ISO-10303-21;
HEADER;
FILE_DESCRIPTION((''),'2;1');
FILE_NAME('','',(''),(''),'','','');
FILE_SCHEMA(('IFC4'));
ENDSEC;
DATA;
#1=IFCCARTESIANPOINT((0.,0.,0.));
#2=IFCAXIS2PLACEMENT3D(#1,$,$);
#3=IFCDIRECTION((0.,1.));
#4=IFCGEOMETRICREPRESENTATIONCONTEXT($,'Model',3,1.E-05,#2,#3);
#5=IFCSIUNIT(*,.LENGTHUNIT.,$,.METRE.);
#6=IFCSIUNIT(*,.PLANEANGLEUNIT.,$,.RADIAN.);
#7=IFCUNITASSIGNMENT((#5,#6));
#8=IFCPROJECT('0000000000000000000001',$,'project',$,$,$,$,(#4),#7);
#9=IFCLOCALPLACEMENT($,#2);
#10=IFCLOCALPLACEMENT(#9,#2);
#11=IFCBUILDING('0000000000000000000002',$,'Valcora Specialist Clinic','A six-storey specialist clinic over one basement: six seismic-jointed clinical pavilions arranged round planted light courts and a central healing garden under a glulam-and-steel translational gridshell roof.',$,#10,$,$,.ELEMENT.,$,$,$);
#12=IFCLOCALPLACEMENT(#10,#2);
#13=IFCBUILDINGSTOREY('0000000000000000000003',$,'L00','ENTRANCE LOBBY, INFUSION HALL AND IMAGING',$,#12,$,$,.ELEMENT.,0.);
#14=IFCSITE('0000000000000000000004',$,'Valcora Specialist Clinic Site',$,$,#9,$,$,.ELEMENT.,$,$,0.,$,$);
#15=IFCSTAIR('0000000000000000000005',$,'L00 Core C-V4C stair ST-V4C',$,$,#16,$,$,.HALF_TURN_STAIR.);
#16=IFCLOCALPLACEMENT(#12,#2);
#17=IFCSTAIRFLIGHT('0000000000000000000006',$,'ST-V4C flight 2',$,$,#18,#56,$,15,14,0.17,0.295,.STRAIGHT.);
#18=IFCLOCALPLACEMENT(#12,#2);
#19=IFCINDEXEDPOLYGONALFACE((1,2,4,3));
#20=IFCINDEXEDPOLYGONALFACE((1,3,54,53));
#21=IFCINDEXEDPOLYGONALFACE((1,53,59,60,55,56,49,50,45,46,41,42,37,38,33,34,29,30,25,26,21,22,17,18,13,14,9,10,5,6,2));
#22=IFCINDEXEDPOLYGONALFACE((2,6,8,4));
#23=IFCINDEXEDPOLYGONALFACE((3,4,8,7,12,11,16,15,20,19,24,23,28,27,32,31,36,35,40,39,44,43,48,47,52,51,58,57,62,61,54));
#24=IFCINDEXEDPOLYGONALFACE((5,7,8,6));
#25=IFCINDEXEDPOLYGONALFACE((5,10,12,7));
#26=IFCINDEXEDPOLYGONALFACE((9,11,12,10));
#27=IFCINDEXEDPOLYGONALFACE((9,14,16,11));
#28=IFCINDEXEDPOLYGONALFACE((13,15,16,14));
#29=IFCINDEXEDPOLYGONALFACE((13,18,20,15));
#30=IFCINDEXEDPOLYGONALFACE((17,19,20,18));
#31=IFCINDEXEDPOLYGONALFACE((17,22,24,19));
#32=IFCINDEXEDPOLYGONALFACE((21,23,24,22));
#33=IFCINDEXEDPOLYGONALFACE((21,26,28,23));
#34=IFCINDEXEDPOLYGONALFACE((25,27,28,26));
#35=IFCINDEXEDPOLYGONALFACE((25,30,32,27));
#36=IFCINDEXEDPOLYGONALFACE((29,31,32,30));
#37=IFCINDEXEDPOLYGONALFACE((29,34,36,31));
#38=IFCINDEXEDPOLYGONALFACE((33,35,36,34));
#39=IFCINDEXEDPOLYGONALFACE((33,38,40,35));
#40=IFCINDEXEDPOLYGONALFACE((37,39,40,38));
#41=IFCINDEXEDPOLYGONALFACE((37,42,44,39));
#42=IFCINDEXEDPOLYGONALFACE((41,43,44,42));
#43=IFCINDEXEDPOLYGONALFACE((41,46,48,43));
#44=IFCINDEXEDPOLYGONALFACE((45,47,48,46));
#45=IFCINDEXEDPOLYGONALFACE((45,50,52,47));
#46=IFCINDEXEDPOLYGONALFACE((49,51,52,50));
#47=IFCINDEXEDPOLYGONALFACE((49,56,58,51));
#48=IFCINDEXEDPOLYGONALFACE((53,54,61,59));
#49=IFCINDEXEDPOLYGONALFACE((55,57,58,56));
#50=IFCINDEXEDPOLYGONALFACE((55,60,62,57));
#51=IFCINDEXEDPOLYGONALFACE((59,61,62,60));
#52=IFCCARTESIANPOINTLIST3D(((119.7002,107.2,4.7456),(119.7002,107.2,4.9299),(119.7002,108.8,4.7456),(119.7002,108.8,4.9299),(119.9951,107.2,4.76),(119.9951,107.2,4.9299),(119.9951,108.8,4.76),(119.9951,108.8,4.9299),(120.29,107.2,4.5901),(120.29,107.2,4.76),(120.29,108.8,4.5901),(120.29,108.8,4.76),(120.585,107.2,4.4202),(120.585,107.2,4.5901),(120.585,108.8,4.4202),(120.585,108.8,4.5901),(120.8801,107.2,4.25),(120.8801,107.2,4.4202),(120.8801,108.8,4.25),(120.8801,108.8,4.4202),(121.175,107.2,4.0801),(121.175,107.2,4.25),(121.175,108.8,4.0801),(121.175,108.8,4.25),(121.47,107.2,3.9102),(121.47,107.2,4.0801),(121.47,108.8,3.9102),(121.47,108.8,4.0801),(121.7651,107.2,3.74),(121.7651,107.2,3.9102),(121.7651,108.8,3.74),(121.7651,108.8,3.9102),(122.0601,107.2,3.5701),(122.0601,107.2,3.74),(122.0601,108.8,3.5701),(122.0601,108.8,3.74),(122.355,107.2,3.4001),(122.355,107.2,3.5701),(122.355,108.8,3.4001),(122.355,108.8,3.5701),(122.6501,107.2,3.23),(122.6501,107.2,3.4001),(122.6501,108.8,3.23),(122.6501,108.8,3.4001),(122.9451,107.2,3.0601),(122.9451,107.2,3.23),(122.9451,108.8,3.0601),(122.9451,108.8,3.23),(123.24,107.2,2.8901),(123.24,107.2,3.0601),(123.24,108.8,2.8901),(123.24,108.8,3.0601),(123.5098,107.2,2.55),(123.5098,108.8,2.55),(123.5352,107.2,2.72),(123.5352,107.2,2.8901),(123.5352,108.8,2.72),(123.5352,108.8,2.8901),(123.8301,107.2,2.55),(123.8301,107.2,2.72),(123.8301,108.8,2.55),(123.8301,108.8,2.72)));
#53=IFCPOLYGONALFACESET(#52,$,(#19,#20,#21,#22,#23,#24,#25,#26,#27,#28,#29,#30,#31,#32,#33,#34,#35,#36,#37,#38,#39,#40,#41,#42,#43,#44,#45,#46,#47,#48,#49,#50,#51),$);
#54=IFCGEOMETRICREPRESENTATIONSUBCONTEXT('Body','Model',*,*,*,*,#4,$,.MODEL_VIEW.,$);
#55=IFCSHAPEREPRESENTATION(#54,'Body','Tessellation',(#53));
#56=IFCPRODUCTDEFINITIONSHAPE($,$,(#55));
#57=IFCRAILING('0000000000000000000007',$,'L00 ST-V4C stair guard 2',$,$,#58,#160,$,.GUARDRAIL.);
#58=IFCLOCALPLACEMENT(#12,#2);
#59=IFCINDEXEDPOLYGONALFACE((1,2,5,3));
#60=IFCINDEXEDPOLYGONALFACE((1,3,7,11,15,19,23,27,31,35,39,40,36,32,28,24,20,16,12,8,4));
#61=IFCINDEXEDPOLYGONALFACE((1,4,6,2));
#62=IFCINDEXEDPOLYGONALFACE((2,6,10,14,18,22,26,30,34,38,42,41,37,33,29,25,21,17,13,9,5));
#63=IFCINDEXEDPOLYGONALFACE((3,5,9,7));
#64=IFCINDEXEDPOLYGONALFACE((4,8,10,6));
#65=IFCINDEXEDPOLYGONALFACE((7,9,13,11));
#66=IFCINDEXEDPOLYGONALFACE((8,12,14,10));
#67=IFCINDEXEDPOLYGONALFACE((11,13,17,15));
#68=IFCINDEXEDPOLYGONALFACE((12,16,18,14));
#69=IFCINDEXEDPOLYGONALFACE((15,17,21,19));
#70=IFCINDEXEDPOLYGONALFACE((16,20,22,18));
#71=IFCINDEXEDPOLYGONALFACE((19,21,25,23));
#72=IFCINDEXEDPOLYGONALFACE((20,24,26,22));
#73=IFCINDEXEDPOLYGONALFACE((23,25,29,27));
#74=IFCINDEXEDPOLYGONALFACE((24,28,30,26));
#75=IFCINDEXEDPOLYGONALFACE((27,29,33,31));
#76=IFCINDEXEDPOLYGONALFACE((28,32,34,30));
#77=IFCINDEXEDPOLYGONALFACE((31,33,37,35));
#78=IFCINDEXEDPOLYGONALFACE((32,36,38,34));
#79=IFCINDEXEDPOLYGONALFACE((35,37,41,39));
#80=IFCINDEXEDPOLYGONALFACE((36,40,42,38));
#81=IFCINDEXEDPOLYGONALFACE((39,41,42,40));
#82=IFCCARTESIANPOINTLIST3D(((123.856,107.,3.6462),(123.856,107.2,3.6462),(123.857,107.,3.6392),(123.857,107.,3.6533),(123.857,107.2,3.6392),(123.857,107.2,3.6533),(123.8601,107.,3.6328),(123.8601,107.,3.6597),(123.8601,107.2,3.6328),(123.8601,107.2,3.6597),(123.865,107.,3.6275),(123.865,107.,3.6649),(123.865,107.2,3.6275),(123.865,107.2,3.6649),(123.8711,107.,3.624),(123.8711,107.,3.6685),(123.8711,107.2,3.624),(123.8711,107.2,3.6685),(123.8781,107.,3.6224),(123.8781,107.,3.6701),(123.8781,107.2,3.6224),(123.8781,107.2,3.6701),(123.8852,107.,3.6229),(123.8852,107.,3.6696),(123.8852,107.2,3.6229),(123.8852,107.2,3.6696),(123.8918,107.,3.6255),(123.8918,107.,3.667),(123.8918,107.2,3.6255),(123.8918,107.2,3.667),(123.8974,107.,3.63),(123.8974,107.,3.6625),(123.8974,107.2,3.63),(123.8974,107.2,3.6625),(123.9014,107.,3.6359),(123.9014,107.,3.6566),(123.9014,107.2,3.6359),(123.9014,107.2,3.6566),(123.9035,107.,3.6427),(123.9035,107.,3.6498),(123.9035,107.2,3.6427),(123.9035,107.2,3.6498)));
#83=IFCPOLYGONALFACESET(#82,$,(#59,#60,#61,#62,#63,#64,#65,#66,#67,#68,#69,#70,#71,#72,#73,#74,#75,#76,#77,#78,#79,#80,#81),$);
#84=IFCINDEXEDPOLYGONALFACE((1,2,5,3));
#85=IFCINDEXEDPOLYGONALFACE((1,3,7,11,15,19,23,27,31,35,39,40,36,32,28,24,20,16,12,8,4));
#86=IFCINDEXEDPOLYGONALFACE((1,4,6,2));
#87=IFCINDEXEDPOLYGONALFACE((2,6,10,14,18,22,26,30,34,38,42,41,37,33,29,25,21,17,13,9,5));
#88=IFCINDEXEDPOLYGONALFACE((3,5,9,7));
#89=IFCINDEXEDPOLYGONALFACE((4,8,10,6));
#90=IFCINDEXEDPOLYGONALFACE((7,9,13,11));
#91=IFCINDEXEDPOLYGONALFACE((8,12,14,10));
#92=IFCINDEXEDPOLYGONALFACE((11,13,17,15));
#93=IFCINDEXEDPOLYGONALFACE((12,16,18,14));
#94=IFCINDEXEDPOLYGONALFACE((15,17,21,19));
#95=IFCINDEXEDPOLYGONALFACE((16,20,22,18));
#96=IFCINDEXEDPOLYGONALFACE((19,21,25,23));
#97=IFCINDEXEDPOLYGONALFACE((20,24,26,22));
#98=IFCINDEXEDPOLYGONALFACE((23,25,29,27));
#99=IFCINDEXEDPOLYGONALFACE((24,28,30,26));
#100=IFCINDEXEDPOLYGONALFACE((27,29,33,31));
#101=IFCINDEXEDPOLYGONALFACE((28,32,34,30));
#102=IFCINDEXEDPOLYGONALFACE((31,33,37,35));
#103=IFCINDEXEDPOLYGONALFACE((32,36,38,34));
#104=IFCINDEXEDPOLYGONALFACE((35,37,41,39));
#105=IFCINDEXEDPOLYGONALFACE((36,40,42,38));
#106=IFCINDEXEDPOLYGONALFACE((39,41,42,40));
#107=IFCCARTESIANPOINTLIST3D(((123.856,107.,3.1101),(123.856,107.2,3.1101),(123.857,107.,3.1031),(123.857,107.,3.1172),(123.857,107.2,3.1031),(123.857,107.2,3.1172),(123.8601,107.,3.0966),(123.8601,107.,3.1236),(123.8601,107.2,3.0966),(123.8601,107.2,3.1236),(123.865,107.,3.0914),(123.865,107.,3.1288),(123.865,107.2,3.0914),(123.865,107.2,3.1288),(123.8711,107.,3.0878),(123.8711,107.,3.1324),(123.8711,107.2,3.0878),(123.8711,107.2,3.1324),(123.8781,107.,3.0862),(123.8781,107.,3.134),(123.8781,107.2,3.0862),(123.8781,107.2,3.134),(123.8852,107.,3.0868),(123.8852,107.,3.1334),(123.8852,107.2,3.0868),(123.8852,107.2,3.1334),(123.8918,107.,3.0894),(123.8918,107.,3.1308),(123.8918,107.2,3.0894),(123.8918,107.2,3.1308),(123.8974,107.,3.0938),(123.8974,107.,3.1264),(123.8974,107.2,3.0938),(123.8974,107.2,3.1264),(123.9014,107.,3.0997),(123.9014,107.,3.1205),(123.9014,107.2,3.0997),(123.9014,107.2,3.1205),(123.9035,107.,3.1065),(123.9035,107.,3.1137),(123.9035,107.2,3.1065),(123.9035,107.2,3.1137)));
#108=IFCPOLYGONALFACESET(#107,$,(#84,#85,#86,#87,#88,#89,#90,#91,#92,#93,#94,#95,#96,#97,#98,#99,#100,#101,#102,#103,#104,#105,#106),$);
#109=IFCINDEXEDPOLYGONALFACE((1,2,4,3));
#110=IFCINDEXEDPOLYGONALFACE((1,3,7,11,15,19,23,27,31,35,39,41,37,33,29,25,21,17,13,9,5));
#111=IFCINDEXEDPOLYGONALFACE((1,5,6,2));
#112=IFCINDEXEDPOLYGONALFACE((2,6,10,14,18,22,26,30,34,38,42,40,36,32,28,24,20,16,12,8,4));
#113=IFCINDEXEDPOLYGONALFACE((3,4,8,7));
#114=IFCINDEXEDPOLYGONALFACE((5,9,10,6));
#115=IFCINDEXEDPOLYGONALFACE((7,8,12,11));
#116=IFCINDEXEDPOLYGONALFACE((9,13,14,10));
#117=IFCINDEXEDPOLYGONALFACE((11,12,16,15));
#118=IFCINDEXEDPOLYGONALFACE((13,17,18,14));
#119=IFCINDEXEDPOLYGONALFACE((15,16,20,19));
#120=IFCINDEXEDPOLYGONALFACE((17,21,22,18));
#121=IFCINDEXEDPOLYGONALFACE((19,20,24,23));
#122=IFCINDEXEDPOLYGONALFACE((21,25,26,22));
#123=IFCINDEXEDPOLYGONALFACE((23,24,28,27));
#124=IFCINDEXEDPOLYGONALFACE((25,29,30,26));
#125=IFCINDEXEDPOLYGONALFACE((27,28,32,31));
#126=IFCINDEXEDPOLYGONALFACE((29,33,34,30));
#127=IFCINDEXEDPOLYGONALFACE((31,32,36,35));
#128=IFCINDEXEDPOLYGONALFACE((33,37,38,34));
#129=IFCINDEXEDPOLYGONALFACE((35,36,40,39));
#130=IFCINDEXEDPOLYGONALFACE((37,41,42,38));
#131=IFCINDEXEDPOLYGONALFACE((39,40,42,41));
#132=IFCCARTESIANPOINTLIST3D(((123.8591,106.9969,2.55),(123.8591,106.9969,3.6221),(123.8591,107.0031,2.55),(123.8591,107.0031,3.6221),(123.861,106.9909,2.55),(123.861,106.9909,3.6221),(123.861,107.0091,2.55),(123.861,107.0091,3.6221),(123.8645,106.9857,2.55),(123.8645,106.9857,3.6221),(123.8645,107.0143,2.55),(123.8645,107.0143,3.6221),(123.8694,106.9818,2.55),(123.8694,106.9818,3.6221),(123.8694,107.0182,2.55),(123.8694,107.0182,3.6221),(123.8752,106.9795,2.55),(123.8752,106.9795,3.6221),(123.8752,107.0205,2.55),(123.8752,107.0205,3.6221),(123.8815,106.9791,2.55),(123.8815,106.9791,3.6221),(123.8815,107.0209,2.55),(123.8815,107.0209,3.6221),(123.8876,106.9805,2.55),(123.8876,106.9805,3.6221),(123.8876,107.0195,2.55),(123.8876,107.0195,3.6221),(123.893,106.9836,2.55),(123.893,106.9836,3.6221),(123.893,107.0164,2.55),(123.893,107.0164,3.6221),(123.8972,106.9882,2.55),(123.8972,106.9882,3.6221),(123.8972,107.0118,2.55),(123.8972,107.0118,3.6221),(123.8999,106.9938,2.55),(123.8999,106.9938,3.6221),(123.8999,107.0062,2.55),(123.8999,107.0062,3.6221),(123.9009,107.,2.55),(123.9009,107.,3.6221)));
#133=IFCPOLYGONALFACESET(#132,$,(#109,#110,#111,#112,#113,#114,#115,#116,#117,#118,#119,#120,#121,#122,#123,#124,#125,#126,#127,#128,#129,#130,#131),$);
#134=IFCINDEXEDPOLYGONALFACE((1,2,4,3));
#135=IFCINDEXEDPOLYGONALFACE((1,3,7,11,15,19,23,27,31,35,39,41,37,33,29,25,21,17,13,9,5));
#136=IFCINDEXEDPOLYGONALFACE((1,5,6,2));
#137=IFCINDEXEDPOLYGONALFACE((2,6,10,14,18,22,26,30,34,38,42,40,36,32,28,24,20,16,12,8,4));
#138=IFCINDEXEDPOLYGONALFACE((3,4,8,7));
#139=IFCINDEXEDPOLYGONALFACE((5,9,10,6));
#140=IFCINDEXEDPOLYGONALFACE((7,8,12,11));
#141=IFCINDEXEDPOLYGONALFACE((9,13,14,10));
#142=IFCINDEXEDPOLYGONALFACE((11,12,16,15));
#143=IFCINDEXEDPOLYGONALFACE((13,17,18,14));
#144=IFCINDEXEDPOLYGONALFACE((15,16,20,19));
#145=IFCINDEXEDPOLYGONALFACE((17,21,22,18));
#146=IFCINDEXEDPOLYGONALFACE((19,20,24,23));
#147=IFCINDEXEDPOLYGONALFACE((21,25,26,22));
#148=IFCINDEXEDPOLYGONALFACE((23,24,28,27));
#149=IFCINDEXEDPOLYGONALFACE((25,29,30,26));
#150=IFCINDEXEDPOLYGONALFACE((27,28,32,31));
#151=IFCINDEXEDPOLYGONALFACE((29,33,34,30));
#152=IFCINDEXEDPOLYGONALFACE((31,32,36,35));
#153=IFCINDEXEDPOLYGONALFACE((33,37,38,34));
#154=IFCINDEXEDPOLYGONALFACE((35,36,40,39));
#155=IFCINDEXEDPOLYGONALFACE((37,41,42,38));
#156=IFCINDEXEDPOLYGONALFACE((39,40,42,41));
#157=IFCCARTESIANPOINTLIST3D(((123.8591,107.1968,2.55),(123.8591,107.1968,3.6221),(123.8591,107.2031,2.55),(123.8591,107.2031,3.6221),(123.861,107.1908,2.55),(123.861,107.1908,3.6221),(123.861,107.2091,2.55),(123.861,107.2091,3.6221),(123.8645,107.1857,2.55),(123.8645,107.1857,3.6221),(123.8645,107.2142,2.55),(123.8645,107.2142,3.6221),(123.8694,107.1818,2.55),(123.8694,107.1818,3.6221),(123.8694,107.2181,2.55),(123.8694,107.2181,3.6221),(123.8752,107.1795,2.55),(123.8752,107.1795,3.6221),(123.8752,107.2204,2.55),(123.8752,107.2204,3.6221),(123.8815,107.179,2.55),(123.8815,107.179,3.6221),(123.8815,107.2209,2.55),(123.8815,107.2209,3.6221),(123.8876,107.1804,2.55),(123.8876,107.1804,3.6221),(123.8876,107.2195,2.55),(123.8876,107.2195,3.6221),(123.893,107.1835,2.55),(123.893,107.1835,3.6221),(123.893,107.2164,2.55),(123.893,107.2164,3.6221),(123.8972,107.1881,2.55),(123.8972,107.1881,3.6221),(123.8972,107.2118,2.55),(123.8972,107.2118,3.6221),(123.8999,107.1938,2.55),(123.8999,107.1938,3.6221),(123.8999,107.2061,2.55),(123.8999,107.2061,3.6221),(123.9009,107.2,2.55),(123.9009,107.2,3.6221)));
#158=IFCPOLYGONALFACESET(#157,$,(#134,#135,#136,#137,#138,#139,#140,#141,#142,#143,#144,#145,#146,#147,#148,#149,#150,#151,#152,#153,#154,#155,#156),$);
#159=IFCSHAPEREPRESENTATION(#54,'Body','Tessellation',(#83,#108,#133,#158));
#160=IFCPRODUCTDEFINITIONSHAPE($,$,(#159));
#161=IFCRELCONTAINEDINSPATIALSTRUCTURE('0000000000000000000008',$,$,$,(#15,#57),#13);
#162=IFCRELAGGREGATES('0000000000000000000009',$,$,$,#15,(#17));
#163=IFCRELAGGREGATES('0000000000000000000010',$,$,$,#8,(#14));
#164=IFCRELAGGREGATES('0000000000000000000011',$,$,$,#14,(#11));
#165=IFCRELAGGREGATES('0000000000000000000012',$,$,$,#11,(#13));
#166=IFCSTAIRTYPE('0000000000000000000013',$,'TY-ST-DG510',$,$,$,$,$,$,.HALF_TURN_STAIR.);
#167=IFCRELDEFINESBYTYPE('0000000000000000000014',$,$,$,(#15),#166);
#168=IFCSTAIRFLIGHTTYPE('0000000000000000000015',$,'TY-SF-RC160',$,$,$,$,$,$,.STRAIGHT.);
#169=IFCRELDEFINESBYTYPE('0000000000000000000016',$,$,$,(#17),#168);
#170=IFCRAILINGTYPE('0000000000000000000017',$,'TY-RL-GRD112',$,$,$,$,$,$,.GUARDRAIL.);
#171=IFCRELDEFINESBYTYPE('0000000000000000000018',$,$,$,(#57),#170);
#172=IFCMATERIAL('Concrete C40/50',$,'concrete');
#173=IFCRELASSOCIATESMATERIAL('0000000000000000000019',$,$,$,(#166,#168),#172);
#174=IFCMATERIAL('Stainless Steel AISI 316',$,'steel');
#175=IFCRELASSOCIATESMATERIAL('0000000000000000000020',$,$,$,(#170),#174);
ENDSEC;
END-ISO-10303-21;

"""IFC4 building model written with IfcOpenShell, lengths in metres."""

from ifc_helpers import new_model, si_unit, direction, frame, origin, origin_2d, place, context, subcontext, project, spatial, polyline, circle, outline, extrude, material, type_object, element, aggregate, save


model = new_model("IFC4")

# Units and contexts
model_context = context("Model", 3, precision=1e-05, world=origin(), true_north=direction((0.0, 1.0)))
body_context = subcontext(model_context, "Body", "Model", "MODEL_VIEW")
ifc_project = project(units=[si_unit("LENGTHUNIT", "METRE"), si_unit("PLANEANGLEUNIT", "RADIAN")], contexts=[model_context])

# Site, building, storey
site_placement = place(None, origin())
site = spatial("IfcSite", under=ifc_project, at=site_placement, Name="Valcora Specialist Clinic Site", CompositionType="ELEMENT", RefElevation=0.0)
building_placement = place(site_placement, origin())
building = spatial("IfcBuilding", under=site, at=building_placement, Name="Valcora Specialist Clinic", Description="A six-storey specialist clinic over one basement: six seismic-jointed clinical pavilions arranged round planted light courts and a central healing garden under a glulam-and-steel translational gridshell roof.", CompositionType="ELEMENT")
storey_placement = place(building_placement, origin())
storey = spatial("IfcBuildingStorey", under=building, at=storey_placement, Name="L00", Description="ENTRANCE LOBBY, INFUSION HALL AND IMAGING", CompositionType="ELEMENT", Elevation=0.0)

# Stair, stair flight
ifc_material_1 = material(Name="Concrete C40/50", Category="concrete")
stair_type = type_object("IfcStairType", Name="TY-ST-DG510", PredefinedType="HALF_TURN_STAIR", material=ifc_material_1)
stair_placement = place(storey_placement, origin())
stair = element("IfcStair", 1, at=stair_placement, inside=storey, type_object=stair_type, Name="L00 Core C-V4C stair ST-V4C", PredefinedType="HALF_TURN_STAIR")
stair_flight_type = type_object("IfcStairFlightType", Name="TY-SF-RC160", PredefinedType="STRAIGHT", material=ifc_material_1)
stair_flight_placement = place(storey_placement, frame((123.8301, 108.0, 2.55), z_axis=(0.0, 0.0, 1.0), x_axis=(-1.0, 0.0, 0.0)))
stair_flight = element("IfcStairFlight", 2, at=stair_flight_placement, type_object=stair_flight_type, Name="ST-V4C flight 2", NumberOfRisers=15, NumberOfTreads=14, PredefinedType="STRAIGHT", RiserHeight=0.17, TreadLength=0.295, context=body_context, shape_type="SweptSolid", body=[
    extrude(outline(polyline([(0.0, 0.0), (0.0, 0.1699), (0.2949, 0.1699), (0.2949, 0.3401), (0.5901, 0.3401), (0.5901, 0.51), (0.885, 0.51), (0.885, 0.6799), (1.1799, 0.6799), (1.1799, 0.8501), (1.4751, 0.8501), (1.4751, 1.02), (1.77, 1.02), (1.77, 1.1899), (2.0649, 1.1899), (2.0649, 1.3601), (2.3601, 1.3601), (2.3601, 1.53), (2.655, 1.53), (2.655, 1.7), (2.95, 1.7), (2.95, 1.8701), (3.2451, 1.8701), (3.2451, 2.04), (3.54, 2.04), (3.54, 2.21), (3.835, 2.21), (3.835, 2.3799), (4.1299, 2.3799), (4.1299, 2.55), (4.1299, 2.1956), (0.3203, 0.0), (0.0, 0.0)])), frame((0.0, 0.8, 0.0), z_axis=(0.0, -1.0, 0.0), x_axis=(1.0, 0.0, 0.0)), (0.0, 0.0, 1.0), 1.6001),
])
aggregate(stair, [stair_flight])

# Railing
ifc_material_2 = material(Name="Stainless Steel AISI 316", Category="steel")
railing_type_1 = type_object("IfcRailingType", Name="TY-RL-GRD112", PredefinedType="GUARDRAIL", material=ifc_material_2)
railing_1_placement = place(storey_placement, frame((123.8799, 107.0, 2.55)))
element("IfcRailing", 3, at=railing_1_placement, inside=storey, type_object=railing_type_1, Name="L00 ST-V4C stair guard 2", PredefinedType="GUARDRAIL", context=body_context, shape_type="SweptSolid", body=[
    extrude(circle(Radius=0.0239, at=origin_2d()), frame((0.0, 0.0, 1.0962), z_axis=(0.0, 1.0, 0.0), x_axis=(-1.0, 0.0, 0.0)), (0.0, 0.0, 1.0), 0.2),
    extrude(circle(Radius=0.0239, at=origin_2d()), frame((0.0, 0.0, 0.5601), z_axis=(0.0, 1.0, 0.0), x_axis=(-1.0, 0.0, 0.0)), (0.0, 0.0, 1.0), 0.2),
    extrude(circle(Radius=0.021, at=origin_2d()), origin(), (0.0, 0.0, 1.0), 1.072),
    extrude(circle(Radius=0.021, at=origin_2d()), frame((0.0, 0.2, 0.0)), (0.0, 0.0, 1.0), 1.072),
])

save(model, "model.ifc")
